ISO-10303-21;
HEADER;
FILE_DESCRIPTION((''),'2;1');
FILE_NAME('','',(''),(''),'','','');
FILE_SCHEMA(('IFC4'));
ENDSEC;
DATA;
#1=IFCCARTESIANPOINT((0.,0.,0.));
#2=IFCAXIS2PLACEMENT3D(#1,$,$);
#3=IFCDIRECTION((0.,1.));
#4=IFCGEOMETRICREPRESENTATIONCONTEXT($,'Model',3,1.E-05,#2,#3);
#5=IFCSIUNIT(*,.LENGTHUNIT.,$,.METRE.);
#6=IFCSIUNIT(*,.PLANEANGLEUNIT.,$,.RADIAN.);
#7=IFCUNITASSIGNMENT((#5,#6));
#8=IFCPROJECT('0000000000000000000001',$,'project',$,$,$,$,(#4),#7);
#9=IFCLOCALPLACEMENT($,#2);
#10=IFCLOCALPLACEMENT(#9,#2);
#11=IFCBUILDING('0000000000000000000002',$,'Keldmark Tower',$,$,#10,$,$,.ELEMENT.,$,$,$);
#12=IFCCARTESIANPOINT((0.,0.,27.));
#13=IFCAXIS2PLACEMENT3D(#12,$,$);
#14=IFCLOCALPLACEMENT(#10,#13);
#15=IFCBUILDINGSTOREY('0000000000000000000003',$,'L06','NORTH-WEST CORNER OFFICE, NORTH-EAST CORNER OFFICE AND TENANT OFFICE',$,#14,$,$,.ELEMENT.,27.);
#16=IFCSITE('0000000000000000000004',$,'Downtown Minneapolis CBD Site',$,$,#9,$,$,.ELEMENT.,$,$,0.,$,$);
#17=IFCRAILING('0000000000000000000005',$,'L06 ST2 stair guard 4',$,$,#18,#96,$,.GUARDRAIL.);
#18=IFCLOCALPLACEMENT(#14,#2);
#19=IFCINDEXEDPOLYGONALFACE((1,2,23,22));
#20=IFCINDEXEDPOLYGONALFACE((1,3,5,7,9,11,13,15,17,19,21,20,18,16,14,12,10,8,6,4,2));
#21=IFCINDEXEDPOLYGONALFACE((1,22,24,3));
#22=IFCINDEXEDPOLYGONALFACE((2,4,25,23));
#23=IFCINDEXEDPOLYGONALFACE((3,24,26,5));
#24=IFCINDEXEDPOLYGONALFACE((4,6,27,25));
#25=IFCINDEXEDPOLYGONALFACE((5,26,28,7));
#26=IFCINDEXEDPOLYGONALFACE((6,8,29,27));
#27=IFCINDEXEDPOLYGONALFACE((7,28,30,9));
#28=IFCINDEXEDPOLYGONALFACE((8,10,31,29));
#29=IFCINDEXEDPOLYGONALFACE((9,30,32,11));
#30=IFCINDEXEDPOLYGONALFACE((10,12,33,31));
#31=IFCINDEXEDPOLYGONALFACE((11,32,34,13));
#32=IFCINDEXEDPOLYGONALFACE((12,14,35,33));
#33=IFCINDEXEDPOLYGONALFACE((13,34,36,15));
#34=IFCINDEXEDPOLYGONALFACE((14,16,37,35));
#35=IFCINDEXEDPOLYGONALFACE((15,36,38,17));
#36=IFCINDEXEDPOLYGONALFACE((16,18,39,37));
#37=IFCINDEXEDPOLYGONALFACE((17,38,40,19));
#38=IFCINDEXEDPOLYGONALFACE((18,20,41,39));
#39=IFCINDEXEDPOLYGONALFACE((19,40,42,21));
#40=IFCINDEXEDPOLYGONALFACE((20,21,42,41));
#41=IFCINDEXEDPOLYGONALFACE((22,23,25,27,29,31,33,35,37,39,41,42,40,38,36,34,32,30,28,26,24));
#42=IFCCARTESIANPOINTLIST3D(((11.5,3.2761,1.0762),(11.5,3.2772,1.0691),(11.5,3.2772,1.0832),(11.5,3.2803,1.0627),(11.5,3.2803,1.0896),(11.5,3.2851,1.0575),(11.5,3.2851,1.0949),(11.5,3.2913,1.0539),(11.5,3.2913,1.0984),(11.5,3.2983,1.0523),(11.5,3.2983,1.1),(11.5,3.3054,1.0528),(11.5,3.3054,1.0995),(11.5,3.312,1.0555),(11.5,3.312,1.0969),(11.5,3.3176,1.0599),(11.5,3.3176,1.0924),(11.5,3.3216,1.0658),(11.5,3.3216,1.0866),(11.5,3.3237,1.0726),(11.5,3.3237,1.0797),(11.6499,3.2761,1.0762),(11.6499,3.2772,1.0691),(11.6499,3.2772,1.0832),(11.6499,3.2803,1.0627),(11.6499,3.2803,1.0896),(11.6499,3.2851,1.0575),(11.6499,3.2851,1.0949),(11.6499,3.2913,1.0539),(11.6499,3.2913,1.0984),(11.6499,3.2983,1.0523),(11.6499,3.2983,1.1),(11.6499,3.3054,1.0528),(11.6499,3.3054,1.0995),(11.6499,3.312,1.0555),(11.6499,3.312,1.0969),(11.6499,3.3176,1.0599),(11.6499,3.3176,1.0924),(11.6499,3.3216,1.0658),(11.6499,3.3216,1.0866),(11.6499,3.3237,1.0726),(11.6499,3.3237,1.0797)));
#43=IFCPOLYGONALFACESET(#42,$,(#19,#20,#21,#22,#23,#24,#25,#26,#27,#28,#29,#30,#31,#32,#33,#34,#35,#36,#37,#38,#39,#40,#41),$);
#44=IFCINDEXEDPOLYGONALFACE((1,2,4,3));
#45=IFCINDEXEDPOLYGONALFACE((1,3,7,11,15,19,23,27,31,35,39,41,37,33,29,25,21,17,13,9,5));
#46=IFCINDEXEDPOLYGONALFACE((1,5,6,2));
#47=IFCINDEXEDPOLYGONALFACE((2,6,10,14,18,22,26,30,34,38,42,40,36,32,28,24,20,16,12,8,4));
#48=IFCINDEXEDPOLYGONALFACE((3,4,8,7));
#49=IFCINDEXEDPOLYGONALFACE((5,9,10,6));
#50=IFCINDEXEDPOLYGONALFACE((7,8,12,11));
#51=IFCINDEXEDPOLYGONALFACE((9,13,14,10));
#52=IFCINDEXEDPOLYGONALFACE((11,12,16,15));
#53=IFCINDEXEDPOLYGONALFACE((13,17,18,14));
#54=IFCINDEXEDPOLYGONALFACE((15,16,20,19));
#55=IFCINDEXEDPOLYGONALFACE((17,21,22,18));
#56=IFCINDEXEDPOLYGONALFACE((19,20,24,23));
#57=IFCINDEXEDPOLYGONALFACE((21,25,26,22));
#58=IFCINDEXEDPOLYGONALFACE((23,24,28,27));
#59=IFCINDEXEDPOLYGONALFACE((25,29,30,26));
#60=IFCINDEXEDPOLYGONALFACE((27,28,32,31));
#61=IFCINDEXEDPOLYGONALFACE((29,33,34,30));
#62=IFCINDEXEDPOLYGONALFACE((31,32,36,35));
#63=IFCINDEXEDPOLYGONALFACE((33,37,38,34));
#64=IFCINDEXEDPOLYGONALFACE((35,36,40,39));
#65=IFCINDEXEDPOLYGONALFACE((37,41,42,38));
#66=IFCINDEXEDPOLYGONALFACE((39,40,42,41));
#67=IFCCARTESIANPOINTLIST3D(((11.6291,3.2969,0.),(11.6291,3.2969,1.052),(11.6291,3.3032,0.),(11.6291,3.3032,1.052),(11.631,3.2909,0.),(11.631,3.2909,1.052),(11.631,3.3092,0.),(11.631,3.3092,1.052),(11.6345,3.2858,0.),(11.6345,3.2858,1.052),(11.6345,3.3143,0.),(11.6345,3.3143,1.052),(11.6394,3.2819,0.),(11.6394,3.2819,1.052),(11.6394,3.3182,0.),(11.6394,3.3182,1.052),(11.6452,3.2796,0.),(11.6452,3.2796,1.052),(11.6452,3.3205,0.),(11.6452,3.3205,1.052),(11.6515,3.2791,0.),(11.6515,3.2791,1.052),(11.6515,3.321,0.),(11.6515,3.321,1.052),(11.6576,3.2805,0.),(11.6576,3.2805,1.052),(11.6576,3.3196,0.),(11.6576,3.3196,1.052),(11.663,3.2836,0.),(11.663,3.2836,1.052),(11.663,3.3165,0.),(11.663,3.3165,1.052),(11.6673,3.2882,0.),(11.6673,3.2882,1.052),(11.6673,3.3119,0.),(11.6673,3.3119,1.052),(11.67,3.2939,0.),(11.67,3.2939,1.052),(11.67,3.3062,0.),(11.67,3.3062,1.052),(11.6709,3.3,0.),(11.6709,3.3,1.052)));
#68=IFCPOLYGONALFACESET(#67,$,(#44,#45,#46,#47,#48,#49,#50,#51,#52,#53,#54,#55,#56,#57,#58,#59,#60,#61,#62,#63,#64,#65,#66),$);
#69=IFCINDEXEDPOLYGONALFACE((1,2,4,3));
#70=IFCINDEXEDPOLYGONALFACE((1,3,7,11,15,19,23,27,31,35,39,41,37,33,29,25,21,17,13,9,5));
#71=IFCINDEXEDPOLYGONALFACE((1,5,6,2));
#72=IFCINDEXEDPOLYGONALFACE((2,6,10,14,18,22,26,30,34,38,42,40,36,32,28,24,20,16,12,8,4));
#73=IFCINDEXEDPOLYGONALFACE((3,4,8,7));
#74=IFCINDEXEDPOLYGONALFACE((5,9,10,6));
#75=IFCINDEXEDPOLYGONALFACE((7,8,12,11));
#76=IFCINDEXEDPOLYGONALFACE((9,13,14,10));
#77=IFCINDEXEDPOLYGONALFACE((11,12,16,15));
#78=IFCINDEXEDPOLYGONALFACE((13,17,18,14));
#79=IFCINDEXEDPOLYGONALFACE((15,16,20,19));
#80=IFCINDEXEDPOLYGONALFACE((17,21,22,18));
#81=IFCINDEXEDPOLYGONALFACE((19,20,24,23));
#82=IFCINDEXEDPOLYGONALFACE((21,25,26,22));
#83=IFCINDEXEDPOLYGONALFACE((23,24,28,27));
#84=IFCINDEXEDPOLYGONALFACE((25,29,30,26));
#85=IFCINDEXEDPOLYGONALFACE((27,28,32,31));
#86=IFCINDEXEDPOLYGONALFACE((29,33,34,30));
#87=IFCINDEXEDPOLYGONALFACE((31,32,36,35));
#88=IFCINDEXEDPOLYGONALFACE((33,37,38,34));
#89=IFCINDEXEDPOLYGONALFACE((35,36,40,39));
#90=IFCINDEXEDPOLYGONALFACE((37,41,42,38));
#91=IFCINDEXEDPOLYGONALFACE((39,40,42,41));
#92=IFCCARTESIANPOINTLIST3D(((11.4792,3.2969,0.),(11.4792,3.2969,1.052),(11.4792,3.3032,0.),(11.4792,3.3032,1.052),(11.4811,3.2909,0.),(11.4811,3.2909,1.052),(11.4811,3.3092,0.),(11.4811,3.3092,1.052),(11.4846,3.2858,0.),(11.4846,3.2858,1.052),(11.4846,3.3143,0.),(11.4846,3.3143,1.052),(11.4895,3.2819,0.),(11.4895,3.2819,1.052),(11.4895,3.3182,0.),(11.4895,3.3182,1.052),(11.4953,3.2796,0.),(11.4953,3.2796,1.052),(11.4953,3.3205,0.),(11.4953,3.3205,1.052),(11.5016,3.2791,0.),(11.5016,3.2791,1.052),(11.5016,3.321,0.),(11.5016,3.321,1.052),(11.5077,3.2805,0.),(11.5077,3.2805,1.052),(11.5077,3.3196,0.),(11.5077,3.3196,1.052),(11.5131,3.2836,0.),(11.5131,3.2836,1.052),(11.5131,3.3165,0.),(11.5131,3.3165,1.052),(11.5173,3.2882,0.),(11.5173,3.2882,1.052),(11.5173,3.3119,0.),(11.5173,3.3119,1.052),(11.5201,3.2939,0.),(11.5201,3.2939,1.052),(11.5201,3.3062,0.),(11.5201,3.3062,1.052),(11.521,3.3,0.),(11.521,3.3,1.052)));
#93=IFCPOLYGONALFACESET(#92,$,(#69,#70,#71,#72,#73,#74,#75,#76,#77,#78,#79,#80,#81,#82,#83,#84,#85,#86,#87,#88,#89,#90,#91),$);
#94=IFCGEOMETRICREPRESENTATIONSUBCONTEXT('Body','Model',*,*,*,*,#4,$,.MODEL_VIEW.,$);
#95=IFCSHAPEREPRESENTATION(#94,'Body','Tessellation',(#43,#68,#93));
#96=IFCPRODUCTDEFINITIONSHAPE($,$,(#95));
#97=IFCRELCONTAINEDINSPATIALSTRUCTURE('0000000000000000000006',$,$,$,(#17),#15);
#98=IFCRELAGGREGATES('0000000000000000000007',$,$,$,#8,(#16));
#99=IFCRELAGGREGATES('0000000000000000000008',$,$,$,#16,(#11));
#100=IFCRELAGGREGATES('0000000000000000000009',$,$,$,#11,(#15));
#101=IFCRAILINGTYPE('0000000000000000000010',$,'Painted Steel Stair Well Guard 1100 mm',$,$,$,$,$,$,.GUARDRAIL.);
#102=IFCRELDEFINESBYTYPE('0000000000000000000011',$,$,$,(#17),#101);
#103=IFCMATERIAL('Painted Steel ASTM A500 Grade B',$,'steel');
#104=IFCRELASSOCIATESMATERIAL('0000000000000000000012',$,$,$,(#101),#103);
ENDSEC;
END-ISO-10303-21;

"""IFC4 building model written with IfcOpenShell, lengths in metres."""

from ifc_helpers import new_model, si_unit, direction, frame, origin, origin_2d, place, context, subcontext, project, spatial, circle, extrude, material, type_object, element, save


model = new_model("IFC4")

# Units and contexts
model_context = context("Model", 3, precision=1e-05, world=origin(), true_north=direction((0.0, 1.0)))
body_context = subcontext(model_context, "Body", "Model", "MODEL_VIEW")
ifc_project = project(units=[si_unit("LENGTHUNIT", "METRE"), si_unit("PLANEANGLEUNIT", "RADIAN")], contexts=[model_context])

# Site, building, storey
site_placement = place(None, origin())
site = spatial("IfcSite", under=ifc_project, at=site_placement, Name="Downtown Minneapolis CBD Site", CompositionType="ELEMENT", RefElevation=0.0)
building_placement = place(site_placement, origin())
building = spatial("IfcBuilding", under=site, at=building_placement, Name="Keldmark Tower", CompositionType="ELEMENT")
storey_placement = place(building_placement, frame((0.0, 0.0, 27.0)))
storey = spatial("IfcBuildingStorey", under=building, at=storey_placement, Name="L06", Description="NORTH-WEST CORNER OFFICE, NORTH-EAST CORNER OFFICE AND TENANT OFFICE", CompositionType="ELEMENT", Elevation=27.0)

# Railing
ifc_material_1 = material(Name="Painted Steel ASTM A500 Grade B", Category="steel")
railing_type_1 = type_object("IfcRailingType", Name="Painted Steel Stair Well Guard 1100 mm", PredefinedType="GUARDRAIL", material=ifc_material_1)
railing_1_placement = place(storey_placement, frame((11.6499, 3.3, 0.0)))
element("IfcRailing", 1, at=railing_1_placement, inside=storey, type_object=railing_type_1, Name="L06 ST2 stair guard 4", PredefinedType="GUARDRAIL", context=body_context, shape_type="SweptSolid", body=[
    extrude(circle(Radius=0.0239, at=origin_2d()), frame((0.0, 0.0, 1.0762), z_axis=(-1.0, 0.0, 0.0), x_axis=(0.0, -1.0, 0.0)), (0.0, 0.0, 1.0), 0.1499),
    extrude(circle(Radius=0.021, at=origin_2d()), origin(), (0.0, 0.0, 1.0), 1.052),
    extrude(circle(Radius=0.021, at=origin_2d()), frame((-0.1499, 0.0, 0.0)), (0.0, 0.0, 1.0), 1.052),
])

save(model, "model.ifc")
